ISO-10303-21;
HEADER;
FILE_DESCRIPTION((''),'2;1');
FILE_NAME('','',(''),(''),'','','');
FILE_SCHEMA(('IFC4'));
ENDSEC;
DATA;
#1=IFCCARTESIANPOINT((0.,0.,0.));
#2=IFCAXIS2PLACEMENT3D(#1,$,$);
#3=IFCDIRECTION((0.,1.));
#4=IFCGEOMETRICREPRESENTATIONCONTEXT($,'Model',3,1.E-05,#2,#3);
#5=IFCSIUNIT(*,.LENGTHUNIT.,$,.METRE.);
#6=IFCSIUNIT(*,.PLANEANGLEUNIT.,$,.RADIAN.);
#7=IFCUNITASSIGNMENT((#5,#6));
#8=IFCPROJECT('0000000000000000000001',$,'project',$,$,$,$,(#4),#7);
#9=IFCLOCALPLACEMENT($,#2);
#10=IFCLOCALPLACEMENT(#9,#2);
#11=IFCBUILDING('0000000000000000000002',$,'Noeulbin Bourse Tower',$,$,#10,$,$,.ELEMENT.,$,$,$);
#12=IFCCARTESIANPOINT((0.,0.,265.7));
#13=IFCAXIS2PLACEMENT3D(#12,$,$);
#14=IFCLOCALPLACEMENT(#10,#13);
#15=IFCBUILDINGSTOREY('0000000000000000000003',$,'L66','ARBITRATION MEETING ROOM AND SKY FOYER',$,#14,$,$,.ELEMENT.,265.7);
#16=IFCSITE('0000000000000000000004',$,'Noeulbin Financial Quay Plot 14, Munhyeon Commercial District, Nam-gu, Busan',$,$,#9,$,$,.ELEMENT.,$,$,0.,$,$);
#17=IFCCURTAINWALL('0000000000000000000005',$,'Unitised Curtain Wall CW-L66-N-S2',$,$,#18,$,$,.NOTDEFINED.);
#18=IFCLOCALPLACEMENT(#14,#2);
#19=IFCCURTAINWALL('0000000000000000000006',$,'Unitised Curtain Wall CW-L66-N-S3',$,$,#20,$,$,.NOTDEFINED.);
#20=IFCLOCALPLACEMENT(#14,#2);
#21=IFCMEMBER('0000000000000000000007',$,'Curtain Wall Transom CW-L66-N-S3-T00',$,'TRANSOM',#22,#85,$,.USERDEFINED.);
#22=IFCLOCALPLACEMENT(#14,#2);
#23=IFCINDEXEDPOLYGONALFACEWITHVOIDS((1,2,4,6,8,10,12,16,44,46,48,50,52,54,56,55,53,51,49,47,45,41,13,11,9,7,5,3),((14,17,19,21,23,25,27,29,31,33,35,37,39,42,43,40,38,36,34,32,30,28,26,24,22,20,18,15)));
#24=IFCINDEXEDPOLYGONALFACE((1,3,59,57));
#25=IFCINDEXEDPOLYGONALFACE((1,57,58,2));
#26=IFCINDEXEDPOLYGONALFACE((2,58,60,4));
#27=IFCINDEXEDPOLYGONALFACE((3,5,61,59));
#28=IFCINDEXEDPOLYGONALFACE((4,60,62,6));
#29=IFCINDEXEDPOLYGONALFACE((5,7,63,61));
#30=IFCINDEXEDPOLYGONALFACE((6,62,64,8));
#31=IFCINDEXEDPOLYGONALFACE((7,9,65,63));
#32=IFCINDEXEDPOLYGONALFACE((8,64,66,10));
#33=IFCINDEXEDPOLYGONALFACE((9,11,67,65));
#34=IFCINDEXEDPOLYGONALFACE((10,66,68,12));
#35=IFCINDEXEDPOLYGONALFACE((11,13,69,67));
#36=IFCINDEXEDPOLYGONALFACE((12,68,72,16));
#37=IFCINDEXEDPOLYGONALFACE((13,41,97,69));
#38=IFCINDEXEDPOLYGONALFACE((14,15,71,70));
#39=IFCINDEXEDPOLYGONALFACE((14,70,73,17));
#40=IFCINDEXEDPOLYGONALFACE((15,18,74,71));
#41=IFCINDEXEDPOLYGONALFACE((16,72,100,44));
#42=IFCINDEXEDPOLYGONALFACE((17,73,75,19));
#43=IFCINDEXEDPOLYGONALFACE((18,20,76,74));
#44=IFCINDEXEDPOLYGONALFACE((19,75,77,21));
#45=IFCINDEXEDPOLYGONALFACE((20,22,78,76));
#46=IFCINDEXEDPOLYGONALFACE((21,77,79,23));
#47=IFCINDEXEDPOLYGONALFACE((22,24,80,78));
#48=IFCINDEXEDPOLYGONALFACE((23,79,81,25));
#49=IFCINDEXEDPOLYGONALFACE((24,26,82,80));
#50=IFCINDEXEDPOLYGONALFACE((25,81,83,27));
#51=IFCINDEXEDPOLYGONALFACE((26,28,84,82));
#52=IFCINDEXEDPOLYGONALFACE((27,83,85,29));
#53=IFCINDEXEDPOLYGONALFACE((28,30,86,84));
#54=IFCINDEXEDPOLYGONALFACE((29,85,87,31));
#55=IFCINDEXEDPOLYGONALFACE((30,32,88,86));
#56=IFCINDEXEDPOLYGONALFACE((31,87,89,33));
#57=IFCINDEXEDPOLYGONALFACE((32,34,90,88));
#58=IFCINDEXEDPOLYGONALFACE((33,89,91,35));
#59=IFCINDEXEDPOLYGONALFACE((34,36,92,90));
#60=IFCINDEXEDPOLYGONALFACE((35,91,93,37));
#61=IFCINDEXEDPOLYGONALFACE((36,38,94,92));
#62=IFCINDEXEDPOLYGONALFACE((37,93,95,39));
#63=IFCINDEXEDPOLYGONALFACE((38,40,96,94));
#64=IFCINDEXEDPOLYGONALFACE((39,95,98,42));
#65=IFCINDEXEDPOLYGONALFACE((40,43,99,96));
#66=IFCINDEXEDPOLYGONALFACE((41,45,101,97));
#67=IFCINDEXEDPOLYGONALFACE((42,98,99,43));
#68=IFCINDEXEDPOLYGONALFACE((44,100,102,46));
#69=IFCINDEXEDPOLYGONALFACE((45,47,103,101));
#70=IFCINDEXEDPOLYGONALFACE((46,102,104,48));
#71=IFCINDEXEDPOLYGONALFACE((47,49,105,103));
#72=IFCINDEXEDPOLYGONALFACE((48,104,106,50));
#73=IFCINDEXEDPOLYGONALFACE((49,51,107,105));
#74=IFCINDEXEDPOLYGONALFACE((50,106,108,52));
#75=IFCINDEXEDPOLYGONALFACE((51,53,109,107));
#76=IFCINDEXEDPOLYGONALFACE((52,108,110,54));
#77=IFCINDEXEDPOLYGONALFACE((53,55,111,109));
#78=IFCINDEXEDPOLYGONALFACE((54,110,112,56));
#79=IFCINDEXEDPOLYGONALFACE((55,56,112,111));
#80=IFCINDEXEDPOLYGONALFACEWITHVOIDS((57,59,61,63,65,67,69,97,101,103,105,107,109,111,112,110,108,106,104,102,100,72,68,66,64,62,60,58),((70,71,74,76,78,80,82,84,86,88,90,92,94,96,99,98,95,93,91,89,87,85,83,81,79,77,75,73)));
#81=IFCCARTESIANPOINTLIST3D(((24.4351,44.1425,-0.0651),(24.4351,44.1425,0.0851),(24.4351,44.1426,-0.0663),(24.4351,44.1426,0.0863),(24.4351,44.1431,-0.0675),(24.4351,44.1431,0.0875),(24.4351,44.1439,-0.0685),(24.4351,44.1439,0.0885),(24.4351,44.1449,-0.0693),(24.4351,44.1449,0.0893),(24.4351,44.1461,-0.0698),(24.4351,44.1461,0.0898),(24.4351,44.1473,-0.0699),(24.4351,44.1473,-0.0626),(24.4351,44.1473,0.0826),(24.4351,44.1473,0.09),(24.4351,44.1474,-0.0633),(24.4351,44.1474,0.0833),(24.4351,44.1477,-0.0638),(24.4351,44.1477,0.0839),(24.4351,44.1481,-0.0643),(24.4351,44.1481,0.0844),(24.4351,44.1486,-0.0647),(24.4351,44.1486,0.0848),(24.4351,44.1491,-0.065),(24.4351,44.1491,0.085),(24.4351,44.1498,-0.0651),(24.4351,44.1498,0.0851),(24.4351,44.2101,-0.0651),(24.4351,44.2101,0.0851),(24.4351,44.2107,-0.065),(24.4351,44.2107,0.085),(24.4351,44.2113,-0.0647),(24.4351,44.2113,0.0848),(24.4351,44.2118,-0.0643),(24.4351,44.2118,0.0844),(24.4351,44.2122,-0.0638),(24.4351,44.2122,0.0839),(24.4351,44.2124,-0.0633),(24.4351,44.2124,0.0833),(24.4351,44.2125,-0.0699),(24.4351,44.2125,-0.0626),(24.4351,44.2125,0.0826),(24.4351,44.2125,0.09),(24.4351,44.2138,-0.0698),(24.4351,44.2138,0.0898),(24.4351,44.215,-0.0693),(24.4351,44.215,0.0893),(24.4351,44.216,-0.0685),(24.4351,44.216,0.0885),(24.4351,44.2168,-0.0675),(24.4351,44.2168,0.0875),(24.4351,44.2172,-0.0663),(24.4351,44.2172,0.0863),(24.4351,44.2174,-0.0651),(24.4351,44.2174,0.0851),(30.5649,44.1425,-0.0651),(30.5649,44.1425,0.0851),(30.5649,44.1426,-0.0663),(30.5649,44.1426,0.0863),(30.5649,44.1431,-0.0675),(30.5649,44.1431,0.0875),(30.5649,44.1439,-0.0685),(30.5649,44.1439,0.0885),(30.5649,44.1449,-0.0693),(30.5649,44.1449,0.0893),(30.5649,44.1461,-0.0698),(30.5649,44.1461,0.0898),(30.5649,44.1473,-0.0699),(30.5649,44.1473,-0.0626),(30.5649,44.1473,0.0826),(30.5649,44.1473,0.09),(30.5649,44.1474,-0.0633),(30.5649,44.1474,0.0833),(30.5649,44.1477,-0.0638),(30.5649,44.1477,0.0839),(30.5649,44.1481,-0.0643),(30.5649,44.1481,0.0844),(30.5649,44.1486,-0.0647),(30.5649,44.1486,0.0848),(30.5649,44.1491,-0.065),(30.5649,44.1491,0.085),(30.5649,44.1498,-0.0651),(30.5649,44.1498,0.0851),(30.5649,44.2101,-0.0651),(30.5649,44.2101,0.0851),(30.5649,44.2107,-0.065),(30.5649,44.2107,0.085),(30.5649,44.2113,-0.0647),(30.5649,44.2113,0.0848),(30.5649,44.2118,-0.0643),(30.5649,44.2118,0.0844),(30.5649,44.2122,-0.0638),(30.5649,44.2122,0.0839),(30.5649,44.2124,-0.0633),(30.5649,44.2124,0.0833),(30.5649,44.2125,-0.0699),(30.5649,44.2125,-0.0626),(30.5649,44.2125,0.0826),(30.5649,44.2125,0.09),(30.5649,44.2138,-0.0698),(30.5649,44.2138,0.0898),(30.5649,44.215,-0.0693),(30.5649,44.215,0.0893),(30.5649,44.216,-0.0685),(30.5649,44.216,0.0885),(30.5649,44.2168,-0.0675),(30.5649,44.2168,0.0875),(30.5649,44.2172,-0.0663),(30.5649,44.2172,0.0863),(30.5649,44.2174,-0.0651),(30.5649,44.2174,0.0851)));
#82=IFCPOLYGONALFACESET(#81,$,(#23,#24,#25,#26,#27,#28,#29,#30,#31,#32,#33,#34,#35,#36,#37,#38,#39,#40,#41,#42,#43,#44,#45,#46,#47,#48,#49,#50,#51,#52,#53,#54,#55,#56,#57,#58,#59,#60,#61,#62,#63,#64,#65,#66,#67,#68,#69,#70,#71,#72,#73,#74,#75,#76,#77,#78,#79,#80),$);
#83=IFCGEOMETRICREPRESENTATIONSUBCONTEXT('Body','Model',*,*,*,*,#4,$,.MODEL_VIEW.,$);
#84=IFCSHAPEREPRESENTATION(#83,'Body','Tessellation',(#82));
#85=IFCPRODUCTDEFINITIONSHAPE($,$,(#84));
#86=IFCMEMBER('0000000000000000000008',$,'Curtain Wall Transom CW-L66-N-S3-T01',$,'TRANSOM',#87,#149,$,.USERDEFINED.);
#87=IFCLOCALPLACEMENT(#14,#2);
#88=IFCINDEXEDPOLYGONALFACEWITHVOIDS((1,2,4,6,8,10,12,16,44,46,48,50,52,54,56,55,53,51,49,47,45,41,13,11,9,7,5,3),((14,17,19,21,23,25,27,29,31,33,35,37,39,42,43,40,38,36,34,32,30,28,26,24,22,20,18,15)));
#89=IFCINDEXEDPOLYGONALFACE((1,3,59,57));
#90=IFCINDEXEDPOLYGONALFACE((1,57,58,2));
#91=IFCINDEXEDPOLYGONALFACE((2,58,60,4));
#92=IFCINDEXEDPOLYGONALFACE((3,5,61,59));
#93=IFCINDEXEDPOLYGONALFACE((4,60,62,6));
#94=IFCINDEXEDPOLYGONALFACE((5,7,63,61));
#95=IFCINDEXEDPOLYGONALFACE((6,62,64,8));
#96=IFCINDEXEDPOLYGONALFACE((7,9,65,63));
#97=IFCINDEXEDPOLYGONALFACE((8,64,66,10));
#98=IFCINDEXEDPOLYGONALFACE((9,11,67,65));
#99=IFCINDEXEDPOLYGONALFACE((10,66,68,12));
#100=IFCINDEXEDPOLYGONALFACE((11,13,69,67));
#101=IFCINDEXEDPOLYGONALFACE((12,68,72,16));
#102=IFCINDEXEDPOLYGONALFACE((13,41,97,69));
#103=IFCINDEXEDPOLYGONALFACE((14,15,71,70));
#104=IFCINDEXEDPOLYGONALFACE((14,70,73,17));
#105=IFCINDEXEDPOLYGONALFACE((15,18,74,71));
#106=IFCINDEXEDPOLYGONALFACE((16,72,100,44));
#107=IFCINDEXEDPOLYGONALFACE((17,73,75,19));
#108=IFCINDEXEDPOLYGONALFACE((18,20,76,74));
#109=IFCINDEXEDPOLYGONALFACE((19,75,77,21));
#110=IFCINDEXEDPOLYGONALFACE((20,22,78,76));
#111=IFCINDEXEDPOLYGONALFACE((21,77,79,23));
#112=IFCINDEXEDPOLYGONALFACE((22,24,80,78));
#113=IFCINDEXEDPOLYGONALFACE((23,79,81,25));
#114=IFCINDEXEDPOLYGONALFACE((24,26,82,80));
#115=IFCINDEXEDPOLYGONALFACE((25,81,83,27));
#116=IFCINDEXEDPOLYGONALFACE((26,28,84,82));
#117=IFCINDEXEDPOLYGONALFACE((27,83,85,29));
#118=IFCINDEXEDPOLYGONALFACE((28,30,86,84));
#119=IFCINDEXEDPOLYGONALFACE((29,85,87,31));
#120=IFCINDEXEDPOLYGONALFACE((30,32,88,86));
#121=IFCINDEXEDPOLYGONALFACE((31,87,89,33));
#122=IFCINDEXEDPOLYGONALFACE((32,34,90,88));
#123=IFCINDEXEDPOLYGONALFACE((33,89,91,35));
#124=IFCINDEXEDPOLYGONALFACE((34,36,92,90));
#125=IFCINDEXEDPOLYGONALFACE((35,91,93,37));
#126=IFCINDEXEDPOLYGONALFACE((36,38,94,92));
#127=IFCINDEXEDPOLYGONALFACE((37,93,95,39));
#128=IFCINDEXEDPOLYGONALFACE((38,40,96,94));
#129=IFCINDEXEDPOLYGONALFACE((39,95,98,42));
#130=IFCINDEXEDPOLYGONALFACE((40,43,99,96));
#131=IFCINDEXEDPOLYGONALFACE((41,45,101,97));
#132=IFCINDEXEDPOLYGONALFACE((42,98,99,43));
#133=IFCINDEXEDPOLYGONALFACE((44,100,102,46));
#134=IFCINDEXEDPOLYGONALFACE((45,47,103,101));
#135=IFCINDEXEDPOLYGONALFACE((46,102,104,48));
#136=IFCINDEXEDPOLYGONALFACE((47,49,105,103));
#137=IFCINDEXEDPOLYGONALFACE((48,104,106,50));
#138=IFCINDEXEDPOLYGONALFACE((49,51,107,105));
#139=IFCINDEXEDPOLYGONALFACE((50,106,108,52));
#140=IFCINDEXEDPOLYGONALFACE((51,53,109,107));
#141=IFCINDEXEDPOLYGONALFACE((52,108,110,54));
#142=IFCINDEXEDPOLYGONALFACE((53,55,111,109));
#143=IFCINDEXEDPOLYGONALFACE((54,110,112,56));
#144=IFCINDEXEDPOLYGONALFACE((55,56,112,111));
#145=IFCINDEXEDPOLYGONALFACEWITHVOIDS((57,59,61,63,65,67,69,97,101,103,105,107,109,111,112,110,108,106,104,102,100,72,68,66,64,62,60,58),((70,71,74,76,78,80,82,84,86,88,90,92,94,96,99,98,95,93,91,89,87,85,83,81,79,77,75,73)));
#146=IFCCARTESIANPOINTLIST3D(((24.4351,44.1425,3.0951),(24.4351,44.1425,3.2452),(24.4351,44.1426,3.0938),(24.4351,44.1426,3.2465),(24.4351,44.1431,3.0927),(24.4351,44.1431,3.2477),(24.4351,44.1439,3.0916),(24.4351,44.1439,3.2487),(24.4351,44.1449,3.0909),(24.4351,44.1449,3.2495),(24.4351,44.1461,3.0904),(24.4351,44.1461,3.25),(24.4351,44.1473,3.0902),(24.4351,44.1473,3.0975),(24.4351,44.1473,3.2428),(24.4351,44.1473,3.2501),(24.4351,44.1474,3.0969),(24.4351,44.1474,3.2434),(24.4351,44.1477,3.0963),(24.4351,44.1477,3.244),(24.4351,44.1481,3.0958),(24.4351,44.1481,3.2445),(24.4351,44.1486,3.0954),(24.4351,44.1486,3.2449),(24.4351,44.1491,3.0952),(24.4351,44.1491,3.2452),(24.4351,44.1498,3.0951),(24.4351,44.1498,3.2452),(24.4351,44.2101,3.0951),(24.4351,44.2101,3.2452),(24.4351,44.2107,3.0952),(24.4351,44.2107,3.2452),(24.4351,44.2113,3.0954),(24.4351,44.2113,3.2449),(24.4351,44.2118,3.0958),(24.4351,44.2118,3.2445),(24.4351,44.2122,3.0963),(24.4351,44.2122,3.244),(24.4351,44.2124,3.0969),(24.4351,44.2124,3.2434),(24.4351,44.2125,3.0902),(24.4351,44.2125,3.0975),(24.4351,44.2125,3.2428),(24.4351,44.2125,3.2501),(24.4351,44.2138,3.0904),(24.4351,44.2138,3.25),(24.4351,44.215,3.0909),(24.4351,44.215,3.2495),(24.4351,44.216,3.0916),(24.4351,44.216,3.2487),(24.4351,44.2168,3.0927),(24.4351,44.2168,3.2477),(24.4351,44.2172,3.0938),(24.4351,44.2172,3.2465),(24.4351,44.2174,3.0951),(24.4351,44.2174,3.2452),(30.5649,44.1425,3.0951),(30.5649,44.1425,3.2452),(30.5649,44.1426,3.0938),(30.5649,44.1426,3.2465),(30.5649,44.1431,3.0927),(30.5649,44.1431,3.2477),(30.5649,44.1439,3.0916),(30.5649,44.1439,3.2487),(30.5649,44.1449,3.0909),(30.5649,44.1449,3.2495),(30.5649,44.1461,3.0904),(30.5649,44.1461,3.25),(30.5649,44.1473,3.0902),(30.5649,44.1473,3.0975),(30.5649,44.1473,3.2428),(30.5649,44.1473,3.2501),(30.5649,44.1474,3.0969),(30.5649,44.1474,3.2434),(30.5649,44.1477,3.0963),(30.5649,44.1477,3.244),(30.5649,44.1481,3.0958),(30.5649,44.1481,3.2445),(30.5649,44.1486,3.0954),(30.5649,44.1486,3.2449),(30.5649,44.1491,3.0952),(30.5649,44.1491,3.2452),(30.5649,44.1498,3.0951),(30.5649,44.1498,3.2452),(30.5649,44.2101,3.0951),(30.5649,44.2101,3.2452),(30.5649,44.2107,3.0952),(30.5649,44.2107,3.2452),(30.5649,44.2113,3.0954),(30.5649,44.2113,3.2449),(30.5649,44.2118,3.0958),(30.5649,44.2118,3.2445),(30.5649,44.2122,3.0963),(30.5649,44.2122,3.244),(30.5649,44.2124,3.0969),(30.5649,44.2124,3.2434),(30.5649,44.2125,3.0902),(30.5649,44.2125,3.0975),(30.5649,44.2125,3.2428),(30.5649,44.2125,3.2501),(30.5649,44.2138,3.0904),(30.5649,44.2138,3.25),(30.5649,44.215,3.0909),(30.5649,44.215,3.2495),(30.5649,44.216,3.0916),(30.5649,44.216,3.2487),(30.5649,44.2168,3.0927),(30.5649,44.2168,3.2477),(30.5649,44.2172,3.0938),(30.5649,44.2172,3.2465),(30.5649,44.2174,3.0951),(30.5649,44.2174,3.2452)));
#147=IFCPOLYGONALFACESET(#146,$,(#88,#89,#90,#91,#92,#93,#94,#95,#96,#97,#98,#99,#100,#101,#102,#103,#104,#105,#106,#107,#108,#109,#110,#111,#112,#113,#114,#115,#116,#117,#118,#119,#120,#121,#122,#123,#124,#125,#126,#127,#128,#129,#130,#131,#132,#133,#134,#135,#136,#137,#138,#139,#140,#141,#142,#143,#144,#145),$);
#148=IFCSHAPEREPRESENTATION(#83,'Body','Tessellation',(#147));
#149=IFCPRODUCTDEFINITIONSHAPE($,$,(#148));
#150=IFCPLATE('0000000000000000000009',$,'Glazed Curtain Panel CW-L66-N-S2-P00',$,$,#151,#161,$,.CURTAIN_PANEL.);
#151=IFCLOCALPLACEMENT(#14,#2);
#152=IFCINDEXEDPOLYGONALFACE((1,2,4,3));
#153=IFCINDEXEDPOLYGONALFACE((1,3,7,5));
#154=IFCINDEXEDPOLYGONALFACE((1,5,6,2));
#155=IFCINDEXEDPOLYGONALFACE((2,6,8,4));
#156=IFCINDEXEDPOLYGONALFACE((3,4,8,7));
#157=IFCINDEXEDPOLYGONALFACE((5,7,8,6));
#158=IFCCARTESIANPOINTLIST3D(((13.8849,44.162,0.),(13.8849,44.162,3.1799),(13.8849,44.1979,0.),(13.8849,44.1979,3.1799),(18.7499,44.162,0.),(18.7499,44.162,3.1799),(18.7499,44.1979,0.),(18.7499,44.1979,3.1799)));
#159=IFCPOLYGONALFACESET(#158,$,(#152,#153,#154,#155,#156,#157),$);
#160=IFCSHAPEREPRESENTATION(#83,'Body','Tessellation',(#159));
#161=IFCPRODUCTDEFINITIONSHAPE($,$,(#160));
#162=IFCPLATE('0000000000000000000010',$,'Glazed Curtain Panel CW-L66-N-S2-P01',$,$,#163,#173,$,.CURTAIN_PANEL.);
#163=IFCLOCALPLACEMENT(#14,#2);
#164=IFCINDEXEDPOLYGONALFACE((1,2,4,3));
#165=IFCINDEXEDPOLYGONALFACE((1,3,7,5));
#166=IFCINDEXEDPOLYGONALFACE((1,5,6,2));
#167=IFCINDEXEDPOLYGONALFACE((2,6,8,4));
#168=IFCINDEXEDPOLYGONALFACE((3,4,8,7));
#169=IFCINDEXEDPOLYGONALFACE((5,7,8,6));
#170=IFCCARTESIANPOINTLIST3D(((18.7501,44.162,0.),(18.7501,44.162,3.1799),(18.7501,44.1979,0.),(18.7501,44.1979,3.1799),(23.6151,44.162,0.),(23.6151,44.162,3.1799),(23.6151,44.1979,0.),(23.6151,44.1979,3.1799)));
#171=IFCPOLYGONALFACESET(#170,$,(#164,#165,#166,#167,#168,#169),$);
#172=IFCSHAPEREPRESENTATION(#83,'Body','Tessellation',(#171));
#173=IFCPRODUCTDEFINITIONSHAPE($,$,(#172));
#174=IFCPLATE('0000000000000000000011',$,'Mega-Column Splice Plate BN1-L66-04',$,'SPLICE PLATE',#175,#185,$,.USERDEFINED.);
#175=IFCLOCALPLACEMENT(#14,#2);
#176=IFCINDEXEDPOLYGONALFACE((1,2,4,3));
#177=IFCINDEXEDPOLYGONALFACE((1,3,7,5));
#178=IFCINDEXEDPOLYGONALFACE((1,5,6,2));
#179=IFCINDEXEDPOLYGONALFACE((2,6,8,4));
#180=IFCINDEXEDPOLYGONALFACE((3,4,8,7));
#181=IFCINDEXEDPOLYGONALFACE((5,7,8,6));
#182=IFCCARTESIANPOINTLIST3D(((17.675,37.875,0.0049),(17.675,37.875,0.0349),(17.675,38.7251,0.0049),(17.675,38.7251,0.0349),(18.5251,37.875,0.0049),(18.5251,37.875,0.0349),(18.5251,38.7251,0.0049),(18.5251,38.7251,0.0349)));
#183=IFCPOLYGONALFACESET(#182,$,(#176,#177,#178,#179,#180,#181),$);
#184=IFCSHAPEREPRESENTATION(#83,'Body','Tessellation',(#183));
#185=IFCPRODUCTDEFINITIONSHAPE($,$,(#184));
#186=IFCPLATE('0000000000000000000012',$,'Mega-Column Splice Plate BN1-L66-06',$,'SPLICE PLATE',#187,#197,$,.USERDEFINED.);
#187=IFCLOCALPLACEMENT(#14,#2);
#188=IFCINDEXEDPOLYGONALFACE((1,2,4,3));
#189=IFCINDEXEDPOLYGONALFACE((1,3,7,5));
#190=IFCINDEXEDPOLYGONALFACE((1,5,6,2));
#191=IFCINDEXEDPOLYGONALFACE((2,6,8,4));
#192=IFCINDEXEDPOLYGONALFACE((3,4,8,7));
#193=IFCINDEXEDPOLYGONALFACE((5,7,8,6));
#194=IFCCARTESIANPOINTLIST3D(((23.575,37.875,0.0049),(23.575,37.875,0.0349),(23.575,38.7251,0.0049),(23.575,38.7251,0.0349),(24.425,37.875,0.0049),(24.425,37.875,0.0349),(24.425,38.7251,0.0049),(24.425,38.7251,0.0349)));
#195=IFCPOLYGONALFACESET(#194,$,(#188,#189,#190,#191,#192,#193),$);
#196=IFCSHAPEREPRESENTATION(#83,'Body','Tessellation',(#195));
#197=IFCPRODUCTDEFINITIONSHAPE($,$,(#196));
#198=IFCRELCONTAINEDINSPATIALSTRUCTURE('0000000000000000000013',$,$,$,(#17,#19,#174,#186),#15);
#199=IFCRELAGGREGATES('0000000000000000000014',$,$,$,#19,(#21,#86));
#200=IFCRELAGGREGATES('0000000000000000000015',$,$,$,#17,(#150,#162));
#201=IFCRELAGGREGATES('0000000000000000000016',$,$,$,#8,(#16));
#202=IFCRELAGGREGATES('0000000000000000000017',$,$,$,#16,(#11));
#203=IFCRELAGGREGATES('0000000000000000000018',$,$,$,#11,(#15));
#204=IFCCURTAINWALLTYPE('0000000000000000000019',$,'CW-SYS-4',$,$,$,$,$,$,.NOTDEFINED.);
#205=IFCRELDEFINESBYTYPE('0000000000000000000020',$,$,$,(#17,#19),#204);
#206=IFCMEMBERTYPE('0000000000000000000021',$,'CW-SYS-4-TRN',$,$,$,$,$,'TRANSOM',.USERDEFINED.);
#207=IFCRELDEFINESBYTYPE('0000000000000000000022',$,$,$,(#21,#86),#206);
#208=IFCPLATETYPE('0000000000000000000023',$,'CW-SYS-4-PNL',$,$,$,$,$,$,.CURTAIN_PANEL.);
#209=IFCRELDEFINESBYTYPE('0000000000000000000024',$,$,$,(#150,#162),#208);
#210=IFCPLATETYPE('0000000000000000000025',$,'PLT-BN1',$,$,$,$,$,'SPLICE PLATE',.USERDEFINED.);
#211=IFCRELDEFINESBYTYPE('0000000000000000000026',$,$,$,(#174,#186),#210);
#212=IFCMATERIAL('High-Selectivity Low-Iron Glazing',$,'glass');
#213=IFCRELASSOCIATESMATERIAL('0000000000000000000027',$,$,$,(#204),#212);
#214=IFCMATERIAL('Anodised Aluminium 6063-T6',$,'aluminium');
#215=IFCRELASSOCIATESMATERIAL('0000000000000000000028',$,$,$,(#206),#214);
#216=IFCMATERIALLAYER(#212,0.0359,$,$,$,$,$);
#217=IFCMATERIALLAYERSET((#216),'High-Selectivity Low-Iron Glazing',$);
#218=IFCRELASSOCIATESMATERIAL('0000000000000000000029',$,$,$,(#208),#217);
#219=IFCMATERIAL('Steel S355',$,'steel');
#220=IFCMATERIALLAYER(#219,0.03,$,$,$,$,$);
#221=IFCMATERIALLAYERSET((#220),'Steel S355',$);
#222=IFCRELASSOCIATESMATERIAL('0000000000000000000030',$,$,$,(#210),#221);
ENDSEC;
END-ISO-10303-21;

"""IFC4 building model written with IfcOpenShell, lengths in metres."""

from ifc_helpers import new_model, si_unit, direction, frame, origin, origin_2d, place, context, subcontext, project, spatial, rectangle, hollow_rectangle, extrude, material, layer, layer_set, material_profile, profile_set, type_object, element, aggregate, save


model = new_model("IFC4")

# Units and contexts
model_context = context("Model", 3, precision=1e-05, world=origin(), true_north=direction((0.0, 1.0)))
body_context = subcontext(model_context, "Body", "Model", "MODEL_VIEW")
ifc_project = project(units=[si_unit("LENGTHUNIT", "METRE"), si_unit("PLANEANGLEUNIT", "RADIAN")], contexts=[model_context])

# Site, building, storey
site_placement = place(None, origin())
site = spatial("IfcSite", under=ifc_project, at=site_placement, Name="Noeulbin Financial Quay Plot 14, Munhyeon Commercial District, Nam-gu, Busan", CompositionType="ELEMENT", RefElevation=0.0)
building_placement = place(site_placement, origin())
building = spatial("IfcBuilding", under=site, at=building_placement, Name="Noeulbin Bourse Tower", CompositionType="ELEMENT")
storey_placement = place(building_placement, frame((0.0, 0.0, 265.7)))
storey = spatial("IfcBuildingStorey", under=building, at=storey_placement, Name="L66", Description="ARBITRATION MEETING ROOM AND SKY FOYER", CompositionType="ELEMENT", Elevation=265.7)

# Shared definitions
ifc_material_1 = material(Name="Steel S355", Category="steel")

# Curtain walls, members
ifc_material_2 = material(Name="High-Selectivity Low-Iron Glazing", Category="glass")
curtain_wall_type = type_object("IfcCurtainWallType", Name="CW-SYS-4", PredefinedType="NOTDEFINED", material=ifc_material_2)
curtain_wall_1_placement = place(storey_placement, origin())
curtain_wall_1 = element("IfcCurtainWall", 1, at=curtain_wall_1_placement, inside=storey, type_object=curtain_wall_type, Name="Unitised Curtain Wall CW-L66-N-S2", PredefinedType="NOTDEFINED")
ifc_material_3 = material(Name="Anodised Aluminium 6063-T6", Category="aluminium")
curtain_wall_2_placement = place(storey_placement, origin())
curtain_wall_2 = element("IfcCurtainWall", 2, at=curtain_wall_2_placement, inside=storey, type_object=curtain_wall_type, Name="Unitised Curtain Wall CW-L66-N-S3", PredefinedType="NOTDEFINED")
ifc_material_profile_1 = material_profile(ifc_material_3, hollow_rectangle(XDim=0.075, YDim=0.1599, WallThickness=0.0049, InnerFilletRadius=0.0024, OuterFilletRadius=0.0049, at=origin_2d()), Name="ALU-TRAN-75x160x5", Category="LoadBearing")
ifc_profile_set_1 = profile_set([ifc_material_profile_1], Name="Anodised Aluminium 6063-T6")
member_type_1 = type_object("IfcMemberType", Name="CW-SYS-4-TRN", ElementType="TRANSOM", PredefinedType="USERDEFINED", material=ifc_profile_set_1)
member_1_placement = place(storey_placement, frame((24.4351, 44.1799, 0.01), z_axis=(1.0, 0.0, 0.0), x_axis=(0.0, 1.0, 0.0)))
member_1 = element("IfcMember", 3, at=member_1_placement, type_object=member_type_1, Name="Curtain Wall Transom CW-L66-N-S3-T00", ObjectType="TRANSOM", PredefinedType="USERDEFINED", context=body_context, shape_type="SweptSolid", body=[
    extrude(hollow_rectangle(XDim=0.075, YDim=0.1599, WallThickness=0.0049, InnerFilletRadius=0.0024, OuterFilletRadius=0.0049, at=origin_2d()), origin(), (0.0, 0.0, 1.0), 6.1299),
])
member_2_placement = place(storey_placement, frame((24.4351, 44.1799, 3.1702), z_axis=(1.0, 0.0, 0.0), x_axis=(0.0, 1.0, 0.0)))
member_2 = element("IfcMember", 4, at=member_2_placement, type_object=member_type_1, Name="Curtain Wall Transom CW-L66-N-S3-T01", ObjectType="TRANSOM", PredefinedType="USERDEFINED", context=body_context, shape_type="SweptSolid", body=[
    extrude(hollow_rectangle(XDim=0.075, YDim=0.1599, WallThickness=0.0049, InnerFilletRadius=0.0024, OuterFilletRadius=0.0049, at=origin_2d()), origin(), (0.0, 0.0, 1.0), 6.1299),
])
aggregate(curtain_wall_2, [member_1, member_2])

# Plates
ifc_layer_1 = layer(ifc_material_2, 0.0359)
ifc_layer_set_1 = layer_set([ifc_layer_1], Name="High-Selectivity Low-Iron Glazing")
plate_type_1 = type_object("IfcPlateType", Name="CW-SYS-4-PNL", PredefinedType="CURTAIN_PANEL", material=ifc_layer_set_1)
plate_1_placement = place(storey_placement, frame((16.3174, 44.1799, 0.0), z_axis=(0.0, 0.0, 1.0), x_axis=(1.0, 0.0, 0.0)))
plate_1 = element("IfcPlate", 5, at=plate_1_placement, type_object=plate_type_1, Name="Glazed Curtain Panel CW-L66-N-S2-P00", PredefinedType="CURTAIN_PANEL", context=body_context, shape_type="SweptSolid", body=[
    extrude(rectangle(XDim=4.865, YDim=0.0359, at=origin_2d()), origin(), (0.0, 0.0, 1.0), 3.1799),
])
plate_2_placement = place(storey_placement, frame((21.1826, 44.1799, 0.0), z_axis=(0.0, 0.0, 1.0), x_axis=(1.0, 0.0, 0.0)))
plate_2 = element("IfcPlate", 6, at=plate_2_placement, type_object=plate_type_1, Name="Glazed Curtain Panel CW-L66-N-S2-P01", PredefinedType="CURTAIN_PANEL", context=body_context, shape_type="SweptSolid", body=[
    extrude(rectangle(XDim=4.865, YDim=0.0359, at=origin_2d()), origin(), (0.0, 0.0, 1.0), 3.1799),
])
aggregate(curtain_wall_1, [plate_1, plate_2])

# Plates
ifc_layer_2 = layer(ifc_material_1, 0.03)
ifc_layer_set_2 = layer_set([ifc_layer_2], Name="Steel S355")
plate_type_2 = type_object("IfcPlateType", Name="PLT-BN1", ElementType="SPLICE PLATE", PredefinedType="USERDEFINED", material=ifc_layer_set_2)
for number, where, z_axis, x_axis, name in (
    (7, (18.1001, 38.3, 0.0049), (0.0, 0.0, 1.0), (1.0, 0.0, 0.0), "Mega-Column Splice Plate BN1-L66-04"),
    (8, (24.0, 38.3, 0.0049), (0.0, 0.0, 1.0), (1.0, 0.0, 0.0), "Mega-Column Splice Plate BN1-L66-06"),
):
    element("IfcPlate", number, at=place(storey_placement, frame(where, z_axis=z_axis, x_axis=x_axis)), inside=storey, type_object=plate_type_2, Name=name, ObjectType="SPLICE PLATE", PredefinedType="USERDEFINED", context=body_context, shape_type="SweptSolid", body=[
        extrude(rectangle(XDim=0.8501, YDim=0.8501, at=origin_2d()), origin(), (0.0, 0.0, 1.0), 0.03),
    ])

save(model, "model.ifc")
